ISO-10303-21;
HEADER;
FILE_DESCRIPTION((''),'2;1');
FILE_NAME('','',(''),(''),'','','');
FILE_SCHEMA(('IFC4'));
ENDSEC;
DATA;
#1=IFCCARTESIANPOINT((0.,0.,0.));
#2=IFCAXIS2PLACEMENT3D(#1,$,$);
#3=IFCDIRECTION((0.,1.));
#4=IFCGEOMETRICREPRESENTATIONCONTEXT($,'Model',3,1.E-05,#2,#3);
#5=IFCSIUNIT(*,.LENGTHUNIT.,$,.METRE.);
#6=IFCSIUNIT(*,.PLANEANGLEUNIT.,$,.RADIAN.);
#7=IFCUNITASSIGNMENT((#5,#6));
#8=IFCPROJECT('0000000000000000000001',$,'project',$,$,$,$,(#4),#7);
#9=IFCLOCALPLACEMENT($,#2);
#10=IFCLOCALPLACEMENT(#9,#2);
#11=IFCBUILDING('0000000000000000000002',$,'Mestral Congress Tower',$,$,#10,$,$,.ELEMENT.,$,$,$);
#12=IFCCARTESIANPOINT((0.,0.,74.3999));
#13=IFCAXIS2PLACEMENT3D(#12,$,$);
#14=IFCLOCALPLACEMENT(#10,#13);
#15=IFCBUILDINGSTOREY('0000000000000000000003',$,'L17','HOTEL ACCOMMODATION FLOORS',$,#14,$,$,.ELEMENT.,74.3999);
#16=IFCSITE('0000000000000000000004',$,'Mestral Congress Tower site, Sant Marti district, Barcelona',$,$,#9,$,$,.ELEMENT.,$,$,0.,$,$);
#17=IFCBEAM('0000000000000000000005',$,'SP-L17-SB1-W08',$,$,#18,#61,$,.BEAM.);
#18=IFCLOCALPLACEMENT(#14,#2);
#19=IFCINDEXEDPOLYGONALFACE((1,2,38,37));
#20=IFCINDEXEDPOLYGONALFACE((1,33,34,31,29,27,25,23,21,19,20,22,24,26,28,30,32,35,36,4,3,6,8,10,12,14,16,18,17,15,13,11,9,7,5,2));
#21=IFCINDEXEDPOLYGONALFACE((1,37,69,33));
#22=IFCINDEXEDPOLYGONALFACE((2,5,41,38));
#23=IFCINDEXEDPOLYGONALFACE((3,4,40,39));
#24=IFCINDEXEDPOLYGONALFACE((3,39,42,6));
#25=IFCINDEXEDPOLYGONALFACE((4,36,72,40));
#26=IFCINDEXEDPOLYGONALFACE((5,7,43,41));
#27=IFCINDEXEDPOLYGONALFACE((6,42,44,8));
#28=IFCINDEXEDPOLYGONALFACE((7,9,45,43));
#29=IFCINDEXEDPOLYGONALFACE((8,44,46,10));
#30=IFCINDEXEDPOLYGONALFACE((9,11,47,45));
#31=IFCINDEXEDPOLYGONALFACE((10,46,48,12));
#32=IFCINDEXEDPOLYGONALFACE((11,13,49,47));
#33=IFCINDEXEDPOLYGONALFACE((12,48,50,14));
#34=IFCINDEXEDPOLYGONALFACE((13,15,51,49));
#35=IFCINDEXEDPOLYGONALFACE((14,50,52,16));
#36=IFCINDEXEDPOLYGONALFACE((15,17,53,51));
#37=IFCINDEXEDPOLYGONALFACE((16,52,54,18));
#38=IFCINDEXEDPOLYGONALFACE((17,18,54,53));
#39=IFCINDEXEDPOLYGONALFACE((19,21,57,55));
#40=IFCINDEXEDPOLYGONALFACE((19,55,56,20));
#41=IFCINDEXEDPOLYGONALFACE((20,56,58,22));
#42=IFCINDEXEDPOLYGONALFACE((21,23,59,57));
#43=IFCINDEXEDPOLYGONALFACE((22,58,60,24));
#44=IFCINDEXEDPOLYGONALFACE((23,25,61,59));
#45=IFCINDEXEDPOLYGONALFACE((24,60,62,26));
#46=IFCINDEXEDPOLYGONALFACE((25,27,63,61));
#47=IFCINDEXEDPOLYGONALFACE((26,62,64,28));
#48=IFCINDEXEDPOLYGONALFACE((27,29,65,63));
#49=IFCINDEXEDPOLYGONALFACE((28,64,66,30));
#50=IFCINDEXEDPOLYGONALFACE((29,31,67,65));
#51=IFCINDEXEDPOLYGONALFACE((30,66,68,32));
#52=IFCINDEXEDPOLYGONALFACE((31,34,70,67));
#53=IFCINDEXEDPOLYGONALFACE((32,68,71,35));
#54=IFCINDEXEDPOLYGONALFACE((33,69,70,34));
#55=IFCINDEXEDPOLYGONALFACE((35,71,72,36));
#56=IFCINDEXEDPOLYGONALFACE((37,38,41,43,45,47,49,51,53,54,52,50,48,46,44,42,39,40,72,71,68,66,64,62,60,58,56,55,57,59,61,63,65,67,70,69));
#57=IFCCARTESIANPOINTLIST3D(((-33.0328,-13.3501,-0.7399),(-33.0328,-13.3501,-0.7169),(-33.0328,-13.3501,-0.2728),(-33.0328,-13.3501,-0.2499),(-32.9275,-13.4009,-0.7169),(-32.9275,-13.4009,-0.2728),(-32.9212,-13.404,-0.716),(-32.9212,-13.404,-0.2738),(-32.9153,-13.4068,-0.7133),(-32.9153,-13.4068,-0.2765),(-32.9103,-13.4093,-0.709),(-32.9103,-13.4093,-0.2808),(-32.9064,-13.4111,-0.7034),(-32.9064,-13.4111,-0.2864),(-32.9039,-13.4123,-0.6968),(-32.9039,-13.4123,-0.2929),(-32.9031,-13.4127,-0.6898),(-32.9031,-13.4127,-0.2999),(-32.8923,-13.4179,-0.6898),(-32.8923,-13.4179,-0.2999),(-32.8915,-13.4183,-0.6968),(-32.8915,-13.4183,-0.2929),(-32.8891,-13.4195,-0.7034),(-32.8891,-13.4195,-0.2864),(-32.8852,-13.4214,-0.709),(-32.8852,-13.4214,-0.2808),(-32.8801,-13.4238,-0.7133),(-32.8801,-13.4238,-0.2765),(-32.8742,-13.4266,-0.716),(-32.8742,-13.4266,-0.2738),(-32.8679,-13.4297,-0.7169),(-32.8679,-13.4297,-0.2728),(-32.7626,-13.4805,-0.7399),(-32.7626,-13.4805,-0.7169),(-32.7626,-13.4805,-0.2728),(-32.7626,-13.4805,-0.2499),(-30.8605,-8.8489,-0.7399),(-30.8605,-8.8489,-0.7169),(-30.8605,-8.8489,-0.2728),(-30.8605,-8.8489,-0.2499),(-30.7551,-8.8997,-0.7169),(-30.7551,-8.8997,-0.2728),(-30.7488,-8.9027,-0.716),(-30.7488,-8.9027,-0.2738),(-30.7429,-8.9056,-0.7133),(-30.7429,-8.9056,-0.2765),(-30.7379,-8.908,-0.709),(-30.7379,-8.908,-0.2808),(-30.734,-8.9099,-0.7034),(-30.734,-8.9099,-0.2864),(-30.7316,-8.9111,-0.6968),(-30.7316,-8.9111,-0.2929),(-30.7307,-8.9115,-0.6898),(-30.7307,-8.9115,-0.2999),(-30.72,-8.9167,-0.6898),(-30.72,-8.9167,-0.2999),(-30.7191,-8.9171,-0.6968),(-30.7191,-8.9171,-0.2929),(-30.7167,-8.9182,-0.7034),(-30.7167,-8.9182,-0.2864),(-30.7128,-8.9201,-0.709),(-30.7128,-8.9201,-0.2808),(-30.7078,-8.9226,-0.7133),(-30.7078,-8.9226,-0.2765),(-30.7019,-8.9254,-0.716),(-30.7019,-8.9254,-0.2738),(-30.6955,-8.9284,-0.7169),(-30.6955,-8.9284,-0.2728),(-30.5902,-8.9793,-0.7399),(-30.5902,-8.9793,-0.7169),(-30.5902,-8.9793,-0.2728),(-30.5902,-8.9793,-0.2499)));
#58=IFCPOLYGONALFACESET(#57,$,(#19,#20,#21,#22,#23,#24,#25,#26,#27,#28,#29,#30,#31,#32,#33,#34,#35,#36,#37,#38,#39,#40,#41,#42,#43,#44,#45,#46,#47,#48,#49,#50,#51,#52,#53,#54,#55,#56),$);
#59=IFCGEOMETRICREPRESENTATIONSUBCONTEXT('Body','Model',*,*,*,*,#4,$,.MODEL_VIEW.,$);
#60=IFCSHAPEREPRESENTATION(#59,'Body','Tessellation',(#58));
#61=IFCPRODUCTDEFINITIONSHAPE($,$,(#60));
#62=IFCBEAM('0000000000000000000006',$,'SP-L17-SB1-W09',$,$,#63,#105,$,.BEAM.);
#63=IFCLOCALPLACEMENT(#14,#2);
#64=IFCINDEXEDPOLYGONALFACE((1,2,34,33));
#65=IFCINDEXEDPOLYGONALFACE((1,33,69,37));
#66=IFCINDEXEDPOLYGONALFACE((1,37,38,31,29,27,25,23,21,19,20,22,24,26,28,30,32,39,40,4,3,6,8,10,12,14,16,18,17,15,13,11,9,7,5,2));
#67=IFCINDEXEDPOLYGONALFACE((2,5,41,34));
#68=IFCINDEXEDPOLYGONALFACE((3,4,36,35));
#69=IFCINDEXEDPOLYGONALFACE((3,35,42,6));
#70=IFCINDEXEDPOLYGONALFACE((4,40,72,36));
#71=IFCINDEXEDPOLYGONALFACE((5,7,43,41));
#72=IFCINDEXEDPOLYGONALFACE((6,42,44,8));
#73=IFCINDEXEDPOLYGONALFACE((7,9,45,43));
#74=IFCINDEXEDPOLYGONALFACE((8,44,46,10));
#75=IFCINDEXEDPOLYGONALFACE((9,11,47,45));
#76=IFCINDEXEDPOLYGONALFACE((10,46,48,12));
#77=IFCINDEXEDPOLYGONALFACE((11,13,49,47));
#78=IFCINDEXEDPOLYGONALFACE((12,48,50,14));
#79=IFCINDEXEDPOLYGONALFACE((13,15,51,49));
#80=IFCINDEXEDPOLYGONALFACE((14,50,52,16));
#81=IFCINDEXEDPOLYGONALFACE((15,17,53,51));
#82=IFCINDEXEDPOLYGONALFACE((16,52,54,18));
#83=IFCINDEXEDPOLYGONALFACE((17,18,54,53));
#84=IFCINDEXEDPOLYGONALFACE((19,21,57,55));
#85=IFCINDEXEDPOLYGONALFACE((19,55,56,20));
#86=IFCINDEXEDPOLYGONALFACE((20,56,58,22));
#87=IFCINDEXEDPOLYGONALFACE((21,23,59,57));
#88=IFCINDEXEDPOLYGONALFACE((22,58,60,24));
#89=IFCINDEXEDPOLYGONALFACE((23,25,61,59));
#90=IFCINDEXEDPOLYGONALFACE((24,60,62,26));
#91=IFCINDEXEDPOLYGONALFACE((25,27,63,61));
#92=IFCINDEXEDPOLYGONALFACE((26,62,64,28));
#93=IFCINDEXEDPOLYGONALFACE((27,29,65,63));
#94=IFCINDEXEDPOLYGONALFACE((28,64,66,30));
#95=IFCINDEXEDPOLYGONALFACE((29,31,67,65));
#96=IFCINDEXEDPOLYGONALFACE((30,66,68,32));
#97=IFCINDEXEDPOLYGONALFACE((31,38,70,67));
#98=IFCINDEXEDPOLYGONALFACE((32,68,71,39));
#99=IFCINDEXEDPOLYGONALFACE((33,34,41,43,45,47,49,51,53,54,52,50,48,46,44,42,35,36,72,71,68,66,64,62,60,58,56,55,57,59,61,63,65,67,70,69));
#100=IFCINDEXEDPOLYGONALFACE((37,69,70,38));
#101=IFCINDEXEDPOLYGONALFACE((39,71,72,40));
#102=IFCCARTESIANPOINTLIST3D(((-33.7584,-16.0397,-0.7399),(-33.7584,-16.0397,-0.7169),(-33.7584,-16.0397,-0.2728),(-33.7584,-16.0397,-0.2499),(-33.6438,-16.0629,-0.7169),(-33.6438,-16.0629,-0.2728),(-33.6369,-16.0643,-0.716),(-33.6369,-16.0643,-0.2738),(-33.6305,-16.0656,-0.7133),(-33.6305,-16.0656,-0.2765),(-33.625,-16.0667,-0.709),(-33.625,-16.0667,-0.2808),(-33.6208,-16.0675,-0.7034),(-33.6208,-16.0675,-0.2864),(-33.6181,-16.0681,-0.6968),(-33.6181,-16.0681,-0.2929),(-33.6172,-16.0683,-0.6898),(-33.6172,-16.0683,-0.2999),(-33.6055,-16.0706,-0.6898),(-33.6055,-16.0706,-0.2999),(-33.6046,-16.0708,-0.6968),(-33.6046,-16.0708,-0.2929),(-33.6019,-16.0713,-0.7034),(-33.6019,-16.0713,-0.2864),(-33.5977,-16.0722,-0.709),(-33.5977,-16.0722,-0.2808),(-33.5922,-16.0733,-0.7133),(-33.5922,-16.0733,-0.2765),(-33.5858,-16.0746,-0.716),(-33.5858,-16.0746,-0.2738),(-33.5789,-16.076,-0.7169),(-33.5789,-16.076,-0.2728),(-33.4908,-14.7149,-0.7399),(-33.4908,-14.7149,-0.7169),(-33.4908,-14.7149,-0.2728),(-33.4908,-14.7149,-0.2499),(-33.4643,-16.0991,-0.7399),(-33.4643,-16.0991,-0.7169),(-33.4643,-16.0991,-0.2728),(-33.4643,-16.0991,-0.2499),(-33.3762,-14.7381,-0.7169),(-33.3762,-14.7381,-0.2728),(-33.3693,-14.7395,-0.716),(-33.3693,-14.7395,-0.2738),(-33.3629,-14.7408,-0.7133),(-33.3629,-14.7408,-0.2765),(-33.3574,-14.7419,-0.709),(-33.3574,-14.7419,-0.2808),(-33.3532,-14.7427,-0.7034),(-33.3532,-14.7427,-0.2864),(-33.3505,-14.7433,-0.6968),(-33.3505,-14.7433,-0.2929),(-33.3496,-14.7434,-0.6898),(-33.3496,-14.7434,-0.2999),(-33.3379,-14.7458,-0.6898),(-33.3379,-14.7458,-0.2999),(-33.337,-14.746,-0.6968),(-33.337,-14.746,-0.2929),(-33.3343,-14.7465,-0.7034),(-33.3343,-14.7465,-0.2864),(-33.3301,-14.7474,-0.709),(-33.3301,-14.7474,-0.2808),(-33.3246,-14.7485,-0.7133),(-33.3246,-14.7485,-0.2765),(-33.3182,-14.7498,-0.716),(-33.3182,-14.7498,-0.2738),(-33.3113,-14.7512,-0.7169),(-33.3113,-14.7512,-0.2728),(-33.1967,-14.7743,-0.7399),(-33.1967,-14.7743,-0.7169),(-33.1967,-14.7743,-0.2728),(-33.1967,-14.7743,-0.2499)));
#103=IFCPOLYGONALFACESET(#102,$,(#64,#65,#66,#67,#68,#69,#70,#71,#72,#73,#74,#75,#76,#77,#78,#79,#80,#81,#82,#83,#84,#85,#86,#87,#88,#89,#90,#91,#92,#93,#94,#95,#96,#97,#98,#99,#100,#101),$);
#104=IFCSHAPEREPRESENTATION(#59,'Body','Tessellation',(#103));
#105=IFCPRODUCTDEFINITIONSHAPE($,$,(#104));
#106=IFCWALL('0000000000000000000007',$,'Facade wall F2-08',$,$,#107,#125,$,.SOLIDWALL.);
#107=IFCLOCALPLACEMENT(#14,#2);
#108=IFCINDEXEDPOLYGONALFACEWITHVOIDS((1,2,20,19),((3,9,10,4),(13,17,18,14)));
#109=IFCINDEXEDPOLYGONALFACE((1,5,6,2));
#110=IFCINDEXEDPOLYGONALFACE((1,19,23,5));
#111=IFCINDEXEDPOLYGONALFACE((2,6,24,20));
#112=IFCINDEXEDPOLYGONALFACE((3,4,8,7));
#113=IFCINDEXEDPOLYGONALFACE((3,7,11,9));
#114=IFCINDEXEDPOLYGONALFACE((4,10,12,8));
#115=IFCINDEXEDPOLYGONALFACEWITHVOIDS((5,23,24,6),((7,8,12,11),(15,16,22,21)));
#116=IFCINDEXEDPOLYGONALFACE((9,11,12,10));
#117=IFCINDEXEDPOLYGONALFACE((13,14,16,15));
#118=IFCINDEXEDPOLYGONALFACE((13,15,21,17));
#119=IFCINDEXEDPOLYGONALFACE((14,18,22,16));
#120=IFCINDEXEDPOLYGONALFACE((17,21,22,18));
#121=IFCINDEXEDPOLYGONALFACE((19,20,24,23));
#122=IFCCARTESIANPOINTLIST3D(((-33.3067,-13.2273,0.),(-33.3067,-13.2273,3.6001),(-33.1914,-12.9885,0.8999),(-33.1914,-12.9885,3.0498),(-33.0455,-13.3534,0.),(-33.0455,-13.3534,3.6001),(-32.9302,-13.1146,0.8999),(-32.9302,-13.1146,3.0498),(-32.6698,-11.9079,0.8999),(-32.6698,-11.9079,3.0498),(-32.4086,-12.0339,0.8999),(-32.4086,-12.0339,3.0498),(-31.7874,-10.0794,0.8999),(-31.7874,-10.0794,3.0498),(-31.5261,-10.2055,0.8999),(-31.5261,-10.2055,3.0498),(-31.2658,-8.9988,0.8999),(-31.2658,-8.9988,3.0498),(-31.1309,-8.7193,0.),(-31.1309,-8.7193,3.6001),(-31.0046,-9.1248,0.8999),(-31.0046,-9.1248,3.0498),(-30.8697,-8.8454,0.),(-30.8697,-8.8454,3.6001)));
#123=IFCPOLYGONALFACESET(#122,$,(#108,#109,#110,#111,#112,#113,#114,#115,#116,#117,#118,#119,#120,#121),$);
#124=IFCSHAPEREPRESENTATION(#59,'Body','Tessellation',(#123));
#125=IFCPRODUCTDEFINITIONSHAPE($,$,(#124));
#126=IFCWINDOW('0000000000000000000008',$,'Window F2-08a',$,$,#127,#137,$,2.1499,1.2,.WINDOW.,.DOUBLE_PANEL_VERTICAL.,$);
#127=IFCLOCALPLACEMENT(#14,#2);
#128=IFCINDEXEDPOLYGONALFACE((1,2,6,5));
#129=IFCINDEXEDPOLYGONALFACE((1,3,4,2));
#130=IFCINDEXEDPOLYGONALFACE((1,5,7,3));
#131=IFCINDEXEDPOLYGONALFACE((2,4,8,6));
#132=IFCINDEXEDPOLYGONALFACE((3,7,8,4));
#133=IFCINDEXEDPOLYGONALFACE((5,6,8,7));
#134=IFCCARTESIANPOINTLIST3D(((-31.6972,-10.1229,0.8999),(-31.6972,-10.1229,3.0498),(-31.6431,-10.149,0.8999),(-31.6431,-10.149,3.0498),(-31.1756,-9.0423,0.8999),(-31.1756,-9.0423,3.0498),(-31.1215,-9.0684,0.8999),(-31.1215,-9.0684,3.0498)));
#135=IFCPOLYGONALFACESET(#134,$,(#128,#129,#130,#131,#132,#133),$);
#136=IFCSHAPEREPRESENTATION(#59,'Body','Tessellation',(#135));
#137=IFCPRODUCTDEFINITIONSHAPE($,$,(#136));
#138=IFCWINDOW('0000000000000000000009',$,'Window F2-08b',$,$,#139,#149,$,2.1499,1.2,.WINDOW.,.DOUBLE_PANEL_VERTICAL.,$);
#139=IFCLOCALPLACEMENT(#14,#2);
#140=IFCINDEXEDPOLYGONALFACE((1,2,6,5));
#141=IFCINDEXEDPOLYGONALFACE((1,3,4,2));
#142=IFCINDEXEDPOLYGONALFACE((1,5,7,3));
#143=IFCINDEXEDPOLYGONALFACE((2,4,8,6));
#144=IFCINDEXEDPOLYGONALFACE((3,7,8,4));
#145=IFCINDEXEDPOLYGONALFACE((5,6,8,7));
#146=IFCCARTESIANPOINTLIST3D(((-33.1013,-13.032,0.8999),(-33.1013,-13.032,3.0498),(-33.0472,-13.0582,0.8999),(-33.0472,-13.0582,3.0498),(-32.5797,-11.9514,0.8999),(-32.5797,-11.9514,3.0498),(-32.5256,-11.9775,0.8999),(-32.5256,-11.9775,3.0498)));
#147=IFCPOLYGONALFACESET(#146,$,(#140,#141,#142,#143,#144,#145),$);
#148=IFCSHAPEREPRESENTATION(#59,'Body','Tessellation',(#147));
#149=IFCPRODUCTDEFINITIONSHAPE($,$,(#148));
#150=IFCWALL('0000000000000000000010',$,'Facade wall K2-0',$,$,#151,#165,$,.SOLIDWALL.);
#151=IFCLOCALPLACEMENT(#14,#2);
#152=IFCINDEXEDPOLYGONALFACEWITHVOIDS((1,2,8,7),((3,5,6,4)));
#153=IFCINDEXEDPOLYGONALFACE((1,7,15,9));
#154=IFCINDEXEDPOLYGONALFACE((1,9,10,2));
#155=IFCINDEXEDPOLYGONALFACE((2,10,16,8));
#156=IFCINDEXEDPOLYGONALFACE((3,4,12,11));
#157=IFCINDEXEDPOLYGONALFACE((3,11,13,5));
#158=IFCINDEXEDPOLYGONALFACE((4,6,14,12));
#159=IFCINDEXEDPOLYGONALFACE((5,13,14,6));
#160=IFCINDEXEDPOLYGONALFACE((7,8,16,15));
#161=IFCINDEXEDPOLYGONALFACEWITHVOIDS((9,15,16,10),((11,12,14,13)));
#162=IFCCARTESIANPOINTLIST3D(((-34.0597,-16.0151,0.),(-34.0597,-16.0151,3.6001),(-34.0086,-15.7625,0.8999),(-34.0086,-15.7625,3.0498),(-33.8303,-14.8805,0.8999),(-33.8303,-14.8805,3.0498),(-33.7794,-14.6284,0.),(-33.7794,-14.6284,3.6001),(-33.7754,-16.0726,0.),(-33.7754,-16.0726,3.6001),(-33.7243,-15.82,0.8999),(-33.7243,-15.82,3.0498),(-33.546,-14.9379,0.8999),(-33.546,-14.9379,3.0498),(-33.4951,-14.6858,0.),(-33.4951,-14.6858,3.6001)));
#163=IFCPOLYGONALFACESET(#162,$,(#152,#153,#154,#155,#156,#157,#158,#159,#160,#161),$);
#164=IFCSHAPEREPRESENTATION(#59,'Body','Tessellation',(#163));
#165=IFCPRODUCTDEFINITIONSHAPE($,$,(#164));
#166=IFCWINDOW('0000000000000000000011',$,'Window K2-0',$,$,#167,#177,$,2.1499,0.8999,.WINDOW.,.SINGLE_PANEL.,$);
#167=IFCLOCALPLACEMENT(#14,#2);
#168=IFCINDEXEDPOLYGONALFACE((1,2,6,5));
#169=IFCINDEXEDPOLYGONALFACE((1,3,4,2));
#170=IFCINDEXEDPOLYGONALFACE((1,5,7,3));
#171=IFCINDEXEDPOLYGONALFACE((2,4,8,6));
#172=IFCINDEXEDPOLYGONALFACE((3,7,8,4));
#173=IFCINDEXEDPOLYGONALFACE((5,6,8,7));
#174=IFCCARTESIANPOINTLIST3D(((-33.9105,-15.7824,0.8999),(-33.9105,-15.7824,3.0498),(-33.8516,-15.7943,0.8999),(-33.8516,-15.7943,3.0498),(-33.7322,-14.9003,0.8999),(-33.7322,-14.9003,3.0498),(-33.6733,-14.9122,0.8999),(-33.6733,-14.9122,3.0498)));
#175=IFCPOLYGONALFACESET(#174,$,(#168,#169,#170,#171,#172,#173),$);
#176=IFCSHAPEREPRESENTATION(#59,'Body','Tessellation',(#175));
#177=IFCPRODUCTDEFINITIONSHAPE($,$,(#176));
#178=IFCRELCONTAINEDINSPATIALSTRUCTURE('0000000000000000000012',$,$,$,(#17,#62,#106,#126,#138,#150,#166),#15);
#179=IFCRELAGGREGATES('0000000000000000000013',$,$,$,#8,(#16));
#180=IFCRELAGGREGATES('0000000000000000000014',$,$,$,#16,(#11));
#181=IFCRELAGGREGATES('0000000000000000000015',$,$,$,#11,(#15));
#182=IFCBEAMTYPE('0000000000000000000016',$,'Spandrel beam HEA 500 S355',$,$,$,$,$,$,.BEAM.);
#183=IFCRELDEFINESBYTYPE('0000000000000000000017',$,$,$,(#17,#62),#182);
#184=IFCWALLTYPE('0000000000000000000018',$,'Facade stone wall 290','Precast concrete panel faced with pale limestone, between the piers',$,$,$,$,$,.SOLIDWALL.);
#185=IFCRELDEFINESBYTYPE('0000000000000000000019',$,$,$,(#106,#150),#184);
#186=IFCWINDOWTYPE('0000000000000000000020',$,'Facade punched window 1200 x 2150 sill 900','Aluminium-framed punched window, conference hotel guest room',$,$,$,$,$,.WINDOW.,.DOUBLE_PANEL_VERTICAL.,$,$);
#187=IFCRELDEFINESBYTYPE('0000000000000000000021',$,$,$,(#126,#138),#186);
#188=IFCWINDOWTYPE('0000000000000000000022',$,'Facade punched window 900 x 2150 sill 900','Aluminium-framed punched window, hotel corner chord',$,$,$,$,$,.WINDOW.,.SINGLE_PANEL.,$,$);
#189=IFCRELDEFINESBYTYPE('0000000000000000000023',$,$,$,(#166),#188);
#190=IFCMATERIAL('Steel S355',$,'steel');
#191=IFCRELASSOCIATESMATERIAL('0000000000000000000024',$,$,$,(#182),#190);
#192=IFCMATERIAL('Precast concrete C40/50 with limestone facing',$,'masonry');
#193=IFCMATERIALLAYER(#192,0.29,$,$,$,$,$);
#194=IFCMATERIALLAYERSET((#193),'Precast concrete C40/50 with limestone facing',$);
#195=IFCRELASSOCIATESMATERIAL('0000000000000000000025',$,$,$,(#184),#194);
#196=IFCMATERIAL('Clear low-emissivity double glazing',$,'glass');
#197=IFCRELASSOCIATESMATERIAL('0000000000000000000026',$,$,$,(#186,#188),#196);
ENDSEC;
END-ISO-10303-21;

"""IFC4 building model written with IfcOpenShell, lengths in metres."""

from ifc_helpers import new_model, si_unit, direction, frame, frame_2d, origin, origin_2d, place, context, subcontext, project, spatial, rectangle, i_section, extrude, material, layer, layer_set, material_profile, profile_set, type_object, element, fill, save


model = new_model("IFC4")

# Units and contexts
model_context = context("Model", 3, precision=1e-05, world=origin(), true_north=direction((0.0, 1.0)))
body_context = subcontext(model_context, "Body", "Model", "MODEL_VIEW")
ifc_project = project(units=[si_unit("LENGTHUNIT", "METRE"), si_unit("PLANEANGLEUNIT", "RADIAN")], contexts=[model_context])

# Site, building, storey
site_placement = place(None, origin())
site = spatial("IfcSite", under=ifc_project, at=site_placement, Name="Mestral Congress Tower site, Sant Marti district, Barcelona", CompositionType="ELEMENT", RefElevation=0.0)
building_placement = place(site_placement, origin())
building = spatial("IfcBuilding", under=site, at=building_placement, Name="Mestral Congress Tower", CompositionType="ELEMENT")
storey_placement = place(building_placement, frame((0.0, 0.0, 74.3999)))
storey = spatial("IfcBuildingStorey", under=building, at=storey_placement, Name="L17", Description="HOTEL ACCOMMODATION FLOORS", CompositionType="ELEMENT", Elevation=74.3999)

# Beams
ifc_material_1 = material(Name="Steel S355", Category="steel")
ifc_material_profile_1 = material_profile(ifc_material_1, i_section(OverallWidth=0.3, OverallDepth=0.49, WebThickness=0.012, FlangeThickness=0.0229, FilletRadius=0.0271, at=origin_2d()), Name="HEA 500")
ifc_profile_set_1 = profile_set([ifc_material_profile_1], Name="Steel S355")
beam_type_1 = type_object("IfcBeamType", Name="Spandrel beam HEA 500 S355", PredefinedType="BEAM", material=ifc_profile_set_1)
beam_1_placement = place(storey_placement, frame((-30.7253, -8.9141, -0.4949), z_axis=(-0.434645, -0.900602, 0.0), x_axis=(0.900602, -0.434645, 0.0)))
element("IfcBeam", 1, at=beam_1_placement, inside=storey, type_object=beam_type_1, Name="SP-L17-SB1-W08", PredefinedType="BEAM", context=body_context, shape_type="SweptSolid", body=[
    extrude(i_section(OverallWidth=0.3, OverallDepth=0.49, WebThickness=0.012, FlangeThickness=0.0229, FilletRadius=0.0271, at=origin_2d()), origin(), (0.0, 0.0, 1.0), 4.998),
])
beam_2_placement = place(storey_placement, frame((-33.3438, -14.7446, -0.4949), z_axis=(-0.197992, -0.980204, 0.0), x_axis=(0.980204, -0.197992, 0.0)))
element("IfcBeam", 2, at=beam_2_placement, inside=storey, type_object=beam_type_1, Name="SP-L17-SB1-W09", PredefinedType="BEAM", context=body_context, shape_type="SweptSolid", body=[
    extrude(i_section(OverallWidth=0.3, OverallDepth=0.49, WebThickness=0.012, FlangeThickness=0.0229, FilletRadius=0.0271, at=origin_2d()), origin(), (0.0, 0.0, 1.0), 1.3516),
])

# Wall, openings, windows
ifc_material_2 = material(Name="Precast concrete C40/50 with limestone facing", Category="masonry")
ifc_layer_1 = layer(ifc_material_2, 0.29)
ifc_layer_set_1 = layer_set([ifc_layer_1], Name="Precast concrete C40/50 with limestone facing")
wall_type_1 = type_object("IfcWallType", Name="Facade stone wall 290", Description="Precast concrete panel faced with pale limestone, between the piers", PredefinedType="SOLIDWALL", material=ifc_layer_set_1)
wall_1_placement = place(storey_placement, frame((-31.0002, -8.7822, 0.0), z_axis=(0.0, 0.0, 1.0), x_axis=(-0.434664, -0.900592, 0.0)))
wall_1 = element("IfcWall", 3, at=wall_1_placement, inside=storey, type_object=wall_type_1, Name="Facade wall F2-08", PredefinedType="SOLIDWALL", context=body_context, shape_type="SweptSolid", body=[
    extrude(rectangle(XDim=5.0056, YDim=0.29, at=frame_2d((2.5029, 0.0))), origin(), (0.0, 0.0, 1.0), 3.6001),
])
opening_1_placement = place(wall_1_placement, frame((0.3103, 0.0, 0.8999)))
opening_1 = element("IfcOpeningElement", 4, at=opening_1_placement, cuts=wall_1, PredefinedType="OPENING", context=body_context, shape_type="SweptSolid", body=[
    extrude(rectangle(XDim=1.2, YDim=2.1499, at=frame_2d((0.6001, 1.075))), frame((0.0, 0.155, 0.0), z_axis=(0.0, -1.0, 0.0), x_axis=(1.0, 0.0, 0.0)), (0.0, 0.0, 1.0), 0.3101),
])
opening_2_placement = place(wall_1_placement, frame((3.5405, 0.0, 0.8999)))
opening_2 = element("IfcOpeningElement", 5, at=opening_2_placement, cuts=wall_1, PredefinedType="OPENING", context=body_context, shape_type="SweptSolid", body=[
    extrude(rectangle(XDim=1.2, YDim=2.1499, at=frame_2d((0.6001, 1.075))), frame((0.0, 0.155, 0.0), z_axis=(0.0, -1.0, 0.0), x_axis=(1.0, 0.0, 0.0)), (0.0, 0.0, 1.0), 0.3101),
])
ifc_material_3 = material(Name="Clear low-emissivity double glazing", Category="glass")
window_type_1 = type_object("IfcWindowType", Name="Facade punched window 1200 x 2150 sill 900", Description="Aluminium-framed punched window, conference hotel guest room", PartitioningType="DOUBLE_PANEL_VERTICAL", PredefinedType="WINDOW", material=ifc_material_3)
window_1_placement = place(opening_1_placement, origin())
window_1 = element("IfcWindow", 6, at=window_1_placement, inside=storey, type_object=window_type_1, Name="Window F2-08a", OverallHeight=2.1499, OverallWidth=1.2, PartitioningType="DOUBLE_PANEL_VERTICAL", PredefinedType="WINDOW", context=body_context, shape_type="SweptSolid", body=[
    extrude(rectangle(XDim=1.2, YDim=2.1499, at=frame_2d((0.6001, 1.075))), frame((0.0, 0.0151, 0.0), z_axis=(0.0, -1.0, 0.0), x_axis=(1.0, 0.0, 0.0)), (0.0, 0.0, 1.0), 0.0601),
])
fill(opening_1, window_1)
window_2_placement = place(opening_2_placement, origin())
window_2 = element("IfcWindow", 7, at=window_2_placement, inside=storey, type_object=window_type_1, Name="Window F2-08b", OverallHeight=2.1499, OverallWidth=1.2, PartitioningType="DOUBLE_PANEL_VERTICAL", PredefinedType="WINDOW", context=body_context, shape_type="SweptSolid", body=[
    extrude(rectangle(XDim=1.2, YDim=2.1499, at=frame_2d((0.6001, 1.075))), frame((0.0, 0.0151, 0.0), z_axis=(0.0, -1.0, 0.0), x_axis=(1.0, 0.0, 0.0)), (0.0, 0.0, 1.0), 0.0601),
])
fill(opening_2, window_2)

# Wall, opening, window
wall_2_placement = place(storey_placement, frame((-33.6372, -14.657, 0.0), z_axis=(0.0, 0.0, 1.0), x_axis=(-0.198107, -0.98018, 0.0)))
wall_2 = element("IfcWall", 8, at=wall_2_placement, inside=storey, type_object=wall_type_1, Name="Facade wall K2-0", PredefinedType="SOLIDWALL", context=body_context, shape_type="SweptSolid", body=[
    extrude(rectangle(XDim=1.4148, YDim=0.29, at=frame_2d((0.7075, 0.0))), origin(), (0.0, 0.0, 1.0), 3.6001),
])
opening_3_placement = place(wall_2_placement, frame((0.2573, 0.0, 0.8999)))
opening_3 = element("IfcOpeningElement", 9, at=opening_3_placement, cuts=wall_2, PredefinedType="OPENING", context=body_context, shape_type="SweptSolid", body=[
    extrude(rectangle(XDim=0.8999, YDim=2.1499, at=frame_2d((0.45, 1.075))), frame((0.0, 0.155, 0.0), z_axis=(0.0, -1.0, 0.0), x_axis=(1.0, 0.0, 0.0)), (0.0, 0.0, 1.0), 0.3101),
])
window_type_2 = type_object("IfcWindowType", Name="Facade punched window 900 x 2150 sill 900", Description="Aluminium-framed punched window, hotel corner chord", PartitioningType="SINGLE_PANEL", PredefinedType="WINDOW", material=ifc_material_3)
window_3_placement = place(opening_3_placement, origin())
window_3 = element("IfcWindow", 10, at=window_3_placement, inside=storey, type_object=window_type_2, Name="Window K2-0", OverallHeight=2.1499, OverallWidth=0.8999, PartitioningType="SINGLE_PANEL", PredefinedType="WINDOW", context=body_context, shape_type="SweptSolid", body=[
    extrude(rectangle(XDim=0.8999, YDim=2.1499, at=frame_2d((0.45, 1.075))), frame((0.0, 0.0151, 0.0), z_axis=(0.0, -1.0, 0.0), x_axis=(1.0, 0.0, 0.0)), (0.0, 0.0, 1.0), 0.0601),
])
fill(opening_3, window_3)

save(model, "model.ifc")
